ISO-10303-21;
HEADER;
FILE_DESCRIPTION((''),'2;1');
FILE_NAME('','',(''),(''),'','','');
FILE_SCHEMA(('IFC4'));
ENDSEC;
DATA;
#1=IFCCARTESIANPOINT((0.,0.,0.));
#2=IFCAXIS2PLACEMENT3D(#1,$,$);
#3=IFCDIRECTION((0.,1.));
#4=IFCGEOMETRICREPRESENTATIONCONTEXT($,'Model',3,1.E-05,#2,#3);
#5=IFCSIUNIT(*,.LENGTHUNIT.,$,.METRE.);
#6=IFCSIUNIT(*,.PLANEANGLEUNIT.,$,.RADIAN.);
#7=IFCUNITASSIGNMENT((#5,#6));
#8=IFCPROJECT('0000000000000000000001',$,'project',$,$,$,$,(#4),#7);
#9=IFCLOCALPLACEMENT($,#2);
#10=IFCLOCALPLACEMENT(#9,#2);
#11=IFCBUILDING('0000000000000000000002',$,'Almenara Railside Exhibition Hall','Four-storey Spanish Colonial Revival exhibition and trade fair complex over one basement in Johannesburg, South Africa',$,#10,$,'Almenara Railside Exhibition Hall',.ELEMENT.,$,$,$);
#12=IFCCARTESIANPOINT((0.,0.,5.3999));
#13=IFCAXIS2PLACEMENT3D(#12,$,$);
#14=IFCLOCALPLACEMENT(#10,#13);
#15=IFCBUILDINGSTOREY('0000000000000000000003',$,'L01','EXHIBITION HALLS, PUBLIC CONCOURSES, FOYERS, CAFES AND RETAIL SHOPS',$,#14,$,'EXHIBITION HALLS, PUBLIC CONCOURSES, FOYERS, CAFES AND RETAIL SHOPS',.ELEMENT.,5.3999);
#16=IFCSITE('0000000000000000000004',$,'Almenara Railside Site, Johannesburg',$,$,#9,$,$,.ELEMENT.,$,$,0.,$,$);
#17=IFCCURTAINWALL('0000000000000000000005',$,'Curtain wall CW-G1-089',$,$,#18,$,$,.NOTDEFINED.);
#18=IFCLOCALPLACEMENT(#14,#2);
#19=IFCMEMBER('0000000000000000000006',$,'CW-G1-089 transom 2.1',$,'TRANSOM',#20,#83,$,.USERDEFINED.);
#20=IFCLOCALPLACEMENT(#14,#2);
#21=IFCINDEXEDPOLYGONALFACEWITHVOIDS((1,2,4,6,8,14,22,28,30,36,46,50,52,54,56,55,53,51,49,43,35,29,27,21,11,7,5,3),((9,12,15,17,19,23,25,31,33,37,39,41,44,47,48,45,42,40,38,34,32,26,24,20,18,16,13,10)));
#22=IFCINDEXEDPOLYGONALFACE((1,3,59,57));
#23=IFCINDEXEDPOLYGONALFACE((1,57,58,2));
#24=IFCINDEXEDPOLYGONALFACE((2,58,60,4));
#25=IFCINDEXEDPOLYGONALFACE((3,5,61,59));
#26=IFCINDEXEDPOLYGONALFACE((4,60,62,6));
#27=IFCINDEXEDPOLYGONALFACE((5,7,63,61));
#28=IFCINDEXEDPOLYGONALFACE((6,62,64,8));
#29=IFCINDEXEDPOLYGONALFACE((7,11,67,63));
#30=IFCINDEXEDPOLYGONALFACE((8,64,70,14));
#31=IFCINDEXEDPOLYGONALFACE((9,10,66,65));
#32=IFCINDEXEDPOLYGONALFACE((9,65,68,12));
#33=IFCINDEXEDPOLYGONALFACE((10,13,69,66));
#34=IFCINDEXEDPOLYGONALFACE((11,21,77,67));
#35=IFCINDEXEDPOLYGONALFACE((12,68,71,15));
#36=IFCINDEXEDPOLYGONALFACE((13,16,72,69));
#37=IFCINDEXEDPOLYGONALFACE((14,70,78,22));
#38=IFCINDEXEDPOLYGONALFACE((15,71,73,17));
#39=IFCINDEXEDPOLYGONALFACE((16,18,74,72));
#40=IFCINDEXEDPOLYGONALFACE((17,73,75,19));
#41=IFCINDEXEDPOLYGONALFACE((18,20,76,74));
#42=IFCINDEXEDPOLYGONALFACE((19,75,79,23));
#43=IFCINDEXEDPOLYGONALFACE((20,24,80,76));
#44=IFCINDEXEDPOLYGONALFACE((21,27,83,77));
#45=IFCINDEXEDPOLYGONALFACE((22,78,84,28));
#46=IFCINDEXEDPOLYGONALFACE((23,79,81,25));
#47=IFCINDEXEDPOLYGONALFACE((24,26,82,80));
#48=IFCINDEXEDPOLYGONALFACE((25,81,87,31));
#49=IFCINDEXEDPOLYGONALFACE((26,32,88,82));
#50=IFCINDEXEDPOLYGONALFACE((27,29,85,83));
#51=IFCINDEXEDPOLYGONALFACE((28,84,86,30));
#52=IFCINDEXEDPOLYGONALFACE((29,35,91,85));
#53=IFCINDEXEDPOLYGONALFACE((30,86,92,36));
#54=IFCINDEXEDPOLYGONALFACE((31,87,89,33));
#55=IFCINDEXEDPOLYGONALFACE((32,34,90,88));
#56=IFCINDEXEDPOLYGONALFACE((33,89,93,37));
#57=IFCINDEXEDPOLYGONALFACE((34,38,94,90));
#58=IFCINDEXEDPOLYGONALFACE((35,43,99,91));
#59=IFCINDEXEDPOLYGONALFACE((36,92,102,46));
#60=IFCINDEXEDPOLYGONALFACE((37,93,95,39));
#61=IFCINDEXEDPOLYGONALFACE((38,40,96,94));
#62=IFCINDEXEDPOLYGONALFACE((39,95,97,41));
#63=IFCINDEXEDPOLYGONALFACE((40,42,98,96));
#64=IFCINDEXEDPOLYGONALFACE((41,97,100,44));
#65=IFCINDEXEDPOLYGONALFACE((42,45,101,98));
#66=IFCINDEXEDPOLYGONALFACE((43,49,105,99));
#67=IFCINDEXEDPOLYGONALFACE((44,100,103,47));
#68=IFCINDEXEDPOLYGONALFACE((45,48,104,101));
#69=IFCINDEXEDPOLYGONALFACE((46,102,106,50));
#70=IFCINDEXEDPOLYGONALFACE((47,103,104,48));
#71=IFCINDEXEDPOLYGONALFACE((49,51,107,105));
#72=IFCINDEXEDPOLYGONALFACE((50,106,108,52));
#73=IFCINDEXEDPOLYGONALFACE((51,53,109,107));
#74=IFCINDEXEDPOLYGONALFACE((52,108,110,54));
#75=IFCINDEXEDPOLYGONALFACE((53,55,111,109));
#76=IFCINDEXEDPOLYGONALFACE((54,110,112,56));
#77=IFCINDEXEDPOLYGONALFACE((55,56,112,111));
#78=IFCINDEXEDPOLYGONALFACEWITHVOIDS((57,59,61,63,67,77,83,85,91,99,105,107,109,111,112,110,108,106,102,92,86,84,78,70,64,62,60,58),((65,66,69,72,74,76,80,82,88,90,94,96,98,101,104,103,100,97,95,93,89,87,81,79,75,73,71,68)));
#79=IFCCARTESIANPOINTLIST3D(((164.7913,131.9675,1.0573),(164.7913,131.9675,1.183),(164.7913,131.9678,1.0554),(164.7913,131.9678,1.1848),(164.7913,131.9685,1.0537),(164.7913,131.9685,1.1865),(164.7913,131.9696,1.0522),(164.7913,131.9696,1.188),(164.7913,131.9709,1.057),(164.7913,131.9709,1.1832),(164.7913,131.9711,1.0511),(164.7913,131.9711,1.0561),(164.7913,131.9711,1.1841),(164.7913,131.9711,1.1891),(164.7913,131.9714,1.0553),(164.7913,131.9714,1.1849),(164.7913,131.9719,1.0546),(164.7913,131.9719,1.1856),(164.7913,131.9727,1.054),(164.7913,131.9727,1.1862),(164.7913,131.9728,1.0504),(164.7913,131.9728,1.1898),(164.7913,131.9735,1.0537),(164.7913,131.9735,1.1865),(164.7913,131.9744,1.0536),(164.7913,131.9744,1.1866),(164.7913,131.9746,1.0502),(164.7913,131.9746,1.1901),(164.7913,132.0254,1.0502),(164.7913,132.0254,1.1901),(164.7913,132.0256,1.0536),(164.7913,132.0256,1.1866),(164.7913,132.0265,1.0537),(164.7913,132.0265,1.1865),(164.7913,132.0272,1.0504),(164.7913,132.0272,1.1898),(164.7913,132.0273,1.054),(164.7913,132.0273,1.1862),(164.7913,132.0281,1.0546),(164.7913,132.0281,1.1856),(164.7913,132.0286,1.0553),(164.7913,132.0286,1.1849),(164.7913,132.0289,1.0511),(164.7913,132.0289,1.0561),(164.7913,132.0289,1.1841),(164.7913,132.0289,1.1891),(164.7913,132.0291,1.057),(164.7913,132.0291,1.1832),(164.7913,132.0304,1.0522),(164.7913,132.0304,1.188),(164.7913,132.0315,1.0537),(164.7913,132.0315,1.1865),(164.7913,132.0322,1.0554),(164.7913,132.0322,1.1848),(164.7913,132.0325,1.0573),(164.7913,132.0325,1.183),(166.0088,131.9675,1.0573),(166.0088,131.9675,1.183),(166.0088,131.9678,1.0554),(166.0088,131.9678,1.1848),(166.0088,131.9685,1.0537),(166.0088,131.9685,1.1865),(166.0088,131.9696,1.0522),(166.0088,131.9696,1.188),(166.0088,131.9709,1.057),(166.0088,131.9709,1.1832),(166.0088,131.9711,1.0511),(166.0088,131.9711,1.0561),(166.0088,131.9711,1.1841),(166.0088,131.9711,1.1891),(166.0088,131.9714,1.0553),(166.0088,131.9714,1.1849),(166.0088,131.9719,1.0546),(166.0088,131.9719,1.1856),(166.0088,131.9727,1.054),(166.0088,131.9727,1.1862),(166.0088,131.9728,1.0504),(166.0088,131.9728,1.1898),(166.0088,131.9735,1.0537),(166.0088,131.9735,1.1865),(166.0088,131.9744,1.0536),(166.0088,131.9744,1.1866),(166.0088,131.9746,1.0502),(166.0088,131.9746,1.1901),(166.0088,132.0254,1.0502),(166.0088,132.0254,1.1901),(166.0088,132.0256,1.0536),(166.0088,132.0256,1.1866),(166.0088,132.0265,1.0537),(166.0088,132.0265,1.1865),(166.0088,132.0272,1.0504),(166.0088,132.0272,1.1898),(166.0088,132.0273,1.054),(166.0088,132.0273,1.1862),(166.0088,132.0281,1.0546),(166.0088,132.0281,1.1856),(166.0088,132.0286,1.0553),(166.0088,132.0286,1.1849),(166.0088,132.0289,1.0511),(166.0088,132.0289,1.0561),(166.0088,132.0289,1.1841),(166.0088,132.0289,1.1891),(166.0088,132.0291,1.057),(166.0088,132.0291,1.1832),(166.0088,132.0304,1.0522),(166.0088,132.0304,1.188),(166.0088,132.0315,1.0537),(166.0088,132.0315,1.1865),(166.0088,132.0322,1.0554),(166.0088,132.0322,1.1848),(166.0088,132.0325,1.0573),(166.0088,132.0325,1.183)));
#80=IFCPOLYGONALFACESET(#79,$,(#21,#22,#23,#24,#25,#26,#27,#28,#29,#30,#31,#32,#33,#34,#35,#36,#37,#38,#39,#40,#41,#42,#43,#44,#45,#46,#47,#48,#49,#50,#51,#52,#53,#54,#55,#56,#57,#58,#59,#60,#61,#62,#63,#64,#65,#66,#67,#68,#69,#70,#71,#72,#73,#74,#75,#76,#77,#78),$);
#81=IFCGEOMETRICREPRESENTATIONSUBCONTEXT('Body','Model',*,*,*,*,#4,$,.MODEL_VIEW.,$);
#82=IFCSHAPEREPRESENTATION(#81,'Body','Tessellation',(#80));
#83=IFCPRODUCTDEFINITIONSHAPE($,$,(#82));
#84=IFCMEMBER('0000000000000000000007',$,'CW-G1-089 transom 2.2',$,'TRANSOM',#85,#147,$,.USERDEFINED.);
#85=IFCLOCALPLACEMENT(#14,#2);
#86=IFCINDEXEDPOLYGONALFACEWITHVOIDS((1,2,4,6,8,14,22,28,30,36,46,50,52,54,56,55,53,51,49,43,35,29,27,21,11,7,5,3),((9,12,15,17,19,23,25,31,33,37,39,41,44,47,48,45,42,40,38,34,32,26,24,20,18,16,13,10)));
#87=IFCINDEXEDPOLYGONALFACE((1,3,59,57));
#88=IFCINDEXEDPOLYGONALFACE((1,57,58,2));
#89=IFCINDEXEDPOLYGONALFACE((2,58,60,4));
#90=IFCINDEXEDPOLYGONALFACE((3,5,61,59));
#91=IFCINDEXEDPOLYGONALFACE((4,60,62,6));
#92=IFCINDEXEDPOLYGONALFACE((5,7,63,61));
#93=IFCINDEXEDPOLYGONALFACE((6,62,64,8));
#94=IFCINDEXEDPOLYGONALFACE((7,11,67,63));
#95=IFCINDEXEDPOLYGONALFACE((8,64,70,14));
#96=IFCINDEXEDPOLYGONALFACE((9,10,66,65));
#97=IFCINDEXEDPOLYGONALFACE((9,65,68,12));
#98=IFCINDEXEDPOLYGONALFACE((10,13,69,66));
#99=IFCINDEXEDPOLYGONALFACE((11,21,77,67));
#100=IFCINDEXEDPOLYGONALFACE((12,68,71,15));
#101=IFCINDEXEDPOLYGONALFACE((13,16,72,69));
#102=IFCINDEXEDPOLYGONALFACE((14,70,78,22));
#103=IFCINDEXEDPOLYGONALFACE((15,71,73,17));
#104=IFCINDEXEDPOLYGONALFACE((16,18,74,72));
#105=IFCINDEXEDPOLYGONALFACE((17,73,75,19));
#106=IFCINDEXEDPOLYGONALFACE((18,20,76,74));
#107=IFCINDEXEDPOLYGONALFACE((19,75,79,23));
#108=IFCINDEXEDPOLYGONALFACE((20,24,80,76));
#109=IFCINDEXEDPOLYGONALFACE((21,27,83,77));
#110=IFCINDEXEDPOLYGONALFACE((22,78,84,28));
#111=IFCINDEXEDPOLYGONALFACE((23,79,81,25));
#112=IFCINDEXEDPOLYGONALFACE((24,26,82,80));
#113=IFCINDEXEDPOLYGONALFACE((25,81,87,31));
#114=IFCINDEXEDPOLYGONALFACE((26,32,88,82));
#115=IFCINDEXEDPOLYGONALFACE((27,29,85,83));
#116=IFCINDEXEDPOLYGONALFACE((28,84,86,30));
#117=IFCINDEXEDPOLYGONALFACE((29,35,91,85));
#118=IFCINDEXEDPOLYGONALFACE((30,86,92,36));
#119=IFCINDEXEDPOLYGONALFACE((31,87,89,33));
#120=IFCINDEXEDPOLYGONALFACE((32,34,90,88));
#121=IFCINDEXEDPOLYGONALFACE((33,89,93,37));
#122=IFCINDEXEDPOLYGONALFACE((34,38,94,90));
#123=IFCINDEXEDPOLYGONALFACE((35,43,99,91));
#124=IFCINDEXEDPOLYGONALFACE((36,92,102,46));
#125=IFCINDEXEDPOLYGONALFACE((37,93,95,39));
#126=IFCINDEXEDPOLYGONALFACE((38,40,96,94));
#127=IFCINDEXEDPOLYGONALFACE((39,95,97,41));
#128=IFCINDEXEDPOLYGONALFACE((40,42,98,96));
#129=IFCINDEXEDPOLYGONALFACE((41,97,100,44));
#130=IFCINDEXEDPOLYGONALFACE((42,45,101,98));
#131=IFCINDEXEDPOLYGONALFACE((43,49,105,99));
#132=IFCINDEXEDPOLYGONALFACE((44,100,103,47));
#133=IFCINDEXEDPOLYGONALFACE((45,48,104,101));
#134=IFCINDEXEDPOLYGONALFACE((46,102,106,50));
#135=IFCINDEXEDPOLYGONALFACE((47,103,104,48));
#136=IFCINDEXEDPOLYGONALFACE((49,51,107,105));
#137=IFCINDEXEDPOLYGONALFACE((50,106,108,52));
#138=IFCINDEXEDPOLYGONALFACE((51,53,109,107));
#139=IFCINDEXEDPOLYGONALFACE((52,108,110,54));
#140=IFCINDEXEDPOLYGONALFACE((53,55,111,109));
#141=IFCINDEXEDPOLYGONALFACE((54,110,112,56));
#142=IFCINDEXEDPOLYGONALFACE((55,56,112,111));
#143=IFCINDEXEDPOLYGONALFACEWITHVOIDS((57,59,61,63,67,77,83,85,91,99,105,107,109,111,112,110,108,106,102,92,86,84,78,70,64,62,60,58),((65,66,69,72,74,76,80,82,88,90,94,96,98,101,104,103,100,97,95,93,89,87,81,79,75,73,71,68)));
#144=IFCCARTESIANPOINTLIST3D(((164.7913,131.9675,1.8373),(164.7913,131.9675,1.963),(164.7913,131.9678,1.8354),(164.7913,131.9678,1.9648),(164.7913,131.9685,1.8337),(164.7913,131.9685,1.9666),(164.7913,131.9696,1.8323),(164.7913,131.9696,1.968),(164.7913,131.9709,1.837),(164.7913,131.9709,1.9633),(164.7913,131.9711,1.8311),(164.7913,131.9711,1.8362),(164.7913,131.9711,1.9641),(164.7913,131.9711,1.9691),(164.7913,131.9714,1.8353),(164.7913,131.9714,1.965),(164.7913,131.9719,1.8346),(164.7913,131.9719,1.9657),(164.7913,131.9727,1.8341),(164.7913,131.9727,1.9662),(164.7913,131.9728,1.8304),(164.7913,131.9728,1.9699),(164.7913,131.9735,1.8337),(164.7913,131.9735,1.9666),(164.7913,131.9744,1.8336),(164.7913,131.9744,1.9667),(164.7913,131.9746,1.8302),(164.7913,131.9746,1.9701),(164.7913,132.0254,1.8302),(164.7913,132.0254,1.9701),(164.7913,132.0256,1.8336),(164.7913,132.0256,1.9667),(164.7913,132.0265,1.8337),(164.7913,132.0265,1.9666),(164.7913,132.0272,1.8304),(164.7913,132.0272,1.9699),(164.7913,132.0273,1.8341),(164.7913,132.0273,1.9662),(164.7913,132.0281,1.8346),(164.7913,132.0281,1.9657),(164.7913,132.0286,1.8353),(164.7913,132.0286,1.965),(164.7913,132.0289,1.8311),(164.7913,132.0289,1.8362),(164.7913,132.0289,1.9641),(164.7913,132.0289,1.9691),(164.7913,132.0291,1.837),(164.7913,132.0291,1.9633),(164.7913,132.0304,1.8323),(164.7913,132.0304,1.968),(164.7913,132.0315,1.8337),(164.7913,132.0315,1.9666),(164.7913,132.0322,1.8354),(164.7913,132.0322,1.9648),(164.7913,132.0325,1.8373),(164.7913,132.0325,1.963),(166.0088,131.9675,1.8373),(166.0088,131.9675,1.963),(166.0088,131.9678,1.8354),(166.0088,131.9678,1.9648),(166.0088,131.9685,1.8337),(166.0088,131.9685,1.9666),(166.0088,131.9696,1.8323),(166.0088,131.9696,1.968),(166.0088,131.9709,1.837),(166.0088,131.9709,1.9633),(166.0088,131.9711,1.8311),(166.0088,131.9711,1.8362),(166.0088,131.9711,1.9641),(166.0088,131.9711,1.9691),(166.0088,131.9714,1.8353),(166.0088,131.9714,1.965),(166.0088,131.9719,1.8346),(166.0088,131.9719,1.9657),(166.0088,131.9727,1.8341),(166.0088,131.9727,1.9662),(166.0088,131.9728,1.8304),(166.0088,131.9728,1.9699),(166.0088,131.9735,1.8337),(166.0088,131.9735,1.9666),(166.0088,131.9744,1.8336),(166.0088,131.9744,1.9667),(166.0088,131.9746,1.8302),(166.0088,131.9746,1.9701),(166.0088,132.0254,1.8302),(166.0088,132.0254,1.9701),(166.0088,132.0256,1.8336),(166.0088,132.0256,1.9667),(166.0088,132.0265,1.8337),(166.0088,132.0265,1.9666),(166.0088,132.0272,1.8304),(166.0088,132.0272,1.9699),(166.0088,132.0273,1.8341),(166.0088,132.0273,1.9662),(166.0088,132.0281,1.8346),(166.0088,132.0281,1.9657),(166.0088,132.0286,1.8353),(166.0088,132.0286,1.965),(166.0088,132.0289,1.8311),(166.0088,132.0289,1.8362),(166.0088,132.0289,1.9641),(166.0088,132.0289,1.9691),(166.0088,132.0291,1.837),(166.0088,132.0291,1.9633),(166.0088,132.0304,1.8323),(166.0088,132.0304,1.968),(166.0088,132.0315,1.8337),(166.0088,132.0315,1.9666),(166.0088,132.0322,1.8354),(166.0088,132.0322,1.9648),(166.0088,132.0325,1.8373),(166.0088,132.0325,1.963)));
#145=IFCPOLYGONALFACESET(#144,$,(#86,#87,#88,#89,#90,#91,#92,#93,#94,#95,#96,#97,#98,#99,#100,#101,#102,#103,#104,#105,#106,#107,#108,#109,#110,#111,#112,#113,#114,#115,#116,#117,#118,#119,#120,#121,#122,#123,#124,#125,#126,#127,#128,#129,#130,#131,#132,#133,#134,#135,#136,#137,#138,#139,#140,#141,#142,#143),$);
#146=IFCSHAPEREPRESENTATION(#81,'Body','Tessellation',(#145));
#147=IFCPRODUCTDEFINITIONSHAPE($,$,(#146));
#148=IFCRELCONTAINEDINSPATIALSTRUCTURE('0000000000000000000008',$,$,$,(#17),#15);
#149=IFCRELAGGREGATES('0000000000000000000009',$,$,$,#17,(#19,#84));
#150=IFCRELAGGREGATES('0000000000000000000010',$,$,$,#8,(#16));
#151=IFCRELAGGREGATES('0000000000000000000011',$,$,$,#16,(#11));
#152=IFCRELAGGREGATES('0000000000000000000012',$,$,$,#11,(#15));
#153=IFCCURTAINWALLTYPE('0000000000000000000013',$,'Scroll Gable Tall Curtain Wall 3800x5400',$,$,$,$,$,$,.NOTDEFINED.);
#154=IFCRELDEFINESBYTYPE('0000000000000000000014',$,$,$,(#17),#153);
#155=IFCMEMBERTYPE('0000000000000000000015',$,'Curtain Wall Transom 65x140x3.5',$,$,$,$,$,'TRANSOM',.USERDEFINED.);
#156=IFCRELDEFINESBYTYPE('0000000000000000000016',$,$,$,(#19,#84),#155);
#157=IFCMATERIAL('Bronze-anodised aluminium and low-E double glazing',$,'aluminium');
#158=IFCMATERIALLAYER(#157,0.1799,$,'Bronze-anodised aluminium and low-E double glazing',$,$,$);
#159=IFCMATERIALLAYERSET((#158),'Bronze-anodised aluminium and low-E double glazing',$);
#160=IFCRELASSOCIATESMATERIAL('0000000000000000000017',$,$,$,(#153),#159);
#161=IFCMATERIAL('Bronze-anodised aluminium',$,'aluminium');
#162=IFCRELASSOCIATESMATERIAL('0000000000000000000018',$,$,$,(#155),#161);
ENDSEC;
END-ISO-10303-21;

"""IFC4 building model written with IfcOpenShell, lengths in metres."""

from ifc_helpers import new_model, si_unit, direction, frame, origin, origin_2d, place, context, subcontext, project, spatial, hollow_rectangle, extrude, material, layer, layer_set, material_profile, profile_set, type_object, element, aggregate, save


model = new_model("IFC4")

# Units and contexts
model_context = context("Model", 3, precision=1e-05, world=origin(), true_north=direction((0.0, 1.0)))
body_context = subcontext(model_context, "Body", "Model", "MODEL_VIEW")
ifc_project = project(units=[si_unit("LENGTHUNIT", "METRE"), si_unit("PLANEANGLEUNIT", "RADIAN")], contexts=[model_context])

# Site, building, storey
site_placement = place(None, origin())
site = spatial("IfcSite", under=ifc_project, at=site_placement, Name="Almenara Railside Site, Johannesburg", CompositionType="ELEMENT", RefElevation=0.0)
building_placement = place(site_placement, origin())
building = spatial("IfcBuilding", under=site, at=building_placement, Name="Almenara Railside Exhibition Hall", Description="Four-storey Spanish Colonial Revival exhibition and trade fair complex over one basement in Johannesburg, South Africa", LongName="Almenara Railside Exhibition Hall", CompositionType="ELEMENT")
storey_placement = place(building_placement, frame((0.0, 0.0, 5.3999)))
storey = spatial("IfcBuildingStorey", under=building, at=storey_placement, Name="L01", Description="EXHIBITION HALLS, PUBLIC CONCOURSES, FOYERS, CAFES AND RETAIL SHOPS", LongName="EXHIBITION HALLS, PUBLIC CONCOURSES, FOYERS, CAFES AND RETAIL SHOPS", CompositionType="ELEMENT", Elevation=5.3999)

# Shared definitions
ifc_material_1 = material(Name="Bronze-anodised aluminium and low-E double glazing", Category="aluminium")
ifc_layer_1 = layer(ifc_material_1, 0.1799, Name="Bronze-anodised aluminium and low-E double glazing")
ifc_layer_set_1 = layer_set([ifc_layer_1], Name="Bronze-anodised aluminium and low-E double glazing")
curtain_wall_type = type_object("IfcCurtainWallType", Name="Scroll Gable Tall Curtain Wall 3800x5400", PredefinedType="NOTDEFINED", material=ifc_layer_set_1)
ifc_material_2 = material(Name="Bronze-anodised aluminium", Category="aluminium")

# Curtain wall
curtain_wall_1_placement = place(storey_placement, origin())
curtain_wall_1 = element("IfcCurtainWall", 1, at=curtain_wall_1_placement, inside=storey, type_object=curtain_wall_type, Name="Curtain wall CW-G1-089", PredefinedType="NOTDEFINED")

# Members
ifc_material_profile_1 = material_profile(ifc_material_2, hollow_rectangle(XDim=0.0649, YDim=0.1399, WallThickness=0.0034, InnerFilletRadius=0.0034, OuterFilletRadius=0.0071, at=origin_2d()), Name="ALU-TRN 65x140x3.5")
ifc_profile_set_1 = profile_set([ifc_material_profile_1], Name="Bronze-anodised aluminium")
member_type_1 = type_object("IfcMemberType", Name="Curtain Wall Transom 65x140x3.5", ElementType="TRANSOM", PredefinedType="USERDEFINED", material=ifc_profile_set_1)
member_1_placement = place(storey_placement, frame((164.7913, 132.0, 1.1201), z_axis=(1.0, 0.0, 0.0), x_axis=(0.0, 1.0, 0.0)))
member_1 = element("IfcMember", 2, at=member_1_placement, type_object=member_type_1, Name="CW-G1-089 transom 2.1", ObjectType="TRANSOM", PredefinedType="USERDEFINED", context=body_context, shape_type="SweptSolid", body=[
    extrude(hollow_rectangle(XDim=0.0649, YDim=0.1399, WallThickness=0.0034, InnerFilletRadius=0.0034, OuterFilletRadius=0.0071, at=origin_2d()), origin(), (0.0, 0.0, 1.0), 1.2175),
])
member_2_placement = place(storey_placement, frame((164.7913, 132.0, 1.9001), z_axis=(1.0, 0.0, 0.0), x_axis=(0.0, 1.0, 0.0)))
member_2 = element("IfcMember", 3, at=member_2_placement, type_object=member_type_1, Name="CW-G1-089 transom 2.2", ObjectType="TRANSOM", PredefinedType="USERDEFINED", context=body_context, shape_type="SweptSolid", body=[
    extrude(hollow_rectangle(XDim=0.0649, YDim=0.1399, WallThickness=0.0034, InnerFilletRadius=0.0034, OuterFilletRadius=0.0071, at=origin_2d()), origin(), (0.0, 0.0, 1.0), 1.2175),
])

aggregate(curtain_wall_1, [member_1, member_2])

save(model, "model.ifc")
